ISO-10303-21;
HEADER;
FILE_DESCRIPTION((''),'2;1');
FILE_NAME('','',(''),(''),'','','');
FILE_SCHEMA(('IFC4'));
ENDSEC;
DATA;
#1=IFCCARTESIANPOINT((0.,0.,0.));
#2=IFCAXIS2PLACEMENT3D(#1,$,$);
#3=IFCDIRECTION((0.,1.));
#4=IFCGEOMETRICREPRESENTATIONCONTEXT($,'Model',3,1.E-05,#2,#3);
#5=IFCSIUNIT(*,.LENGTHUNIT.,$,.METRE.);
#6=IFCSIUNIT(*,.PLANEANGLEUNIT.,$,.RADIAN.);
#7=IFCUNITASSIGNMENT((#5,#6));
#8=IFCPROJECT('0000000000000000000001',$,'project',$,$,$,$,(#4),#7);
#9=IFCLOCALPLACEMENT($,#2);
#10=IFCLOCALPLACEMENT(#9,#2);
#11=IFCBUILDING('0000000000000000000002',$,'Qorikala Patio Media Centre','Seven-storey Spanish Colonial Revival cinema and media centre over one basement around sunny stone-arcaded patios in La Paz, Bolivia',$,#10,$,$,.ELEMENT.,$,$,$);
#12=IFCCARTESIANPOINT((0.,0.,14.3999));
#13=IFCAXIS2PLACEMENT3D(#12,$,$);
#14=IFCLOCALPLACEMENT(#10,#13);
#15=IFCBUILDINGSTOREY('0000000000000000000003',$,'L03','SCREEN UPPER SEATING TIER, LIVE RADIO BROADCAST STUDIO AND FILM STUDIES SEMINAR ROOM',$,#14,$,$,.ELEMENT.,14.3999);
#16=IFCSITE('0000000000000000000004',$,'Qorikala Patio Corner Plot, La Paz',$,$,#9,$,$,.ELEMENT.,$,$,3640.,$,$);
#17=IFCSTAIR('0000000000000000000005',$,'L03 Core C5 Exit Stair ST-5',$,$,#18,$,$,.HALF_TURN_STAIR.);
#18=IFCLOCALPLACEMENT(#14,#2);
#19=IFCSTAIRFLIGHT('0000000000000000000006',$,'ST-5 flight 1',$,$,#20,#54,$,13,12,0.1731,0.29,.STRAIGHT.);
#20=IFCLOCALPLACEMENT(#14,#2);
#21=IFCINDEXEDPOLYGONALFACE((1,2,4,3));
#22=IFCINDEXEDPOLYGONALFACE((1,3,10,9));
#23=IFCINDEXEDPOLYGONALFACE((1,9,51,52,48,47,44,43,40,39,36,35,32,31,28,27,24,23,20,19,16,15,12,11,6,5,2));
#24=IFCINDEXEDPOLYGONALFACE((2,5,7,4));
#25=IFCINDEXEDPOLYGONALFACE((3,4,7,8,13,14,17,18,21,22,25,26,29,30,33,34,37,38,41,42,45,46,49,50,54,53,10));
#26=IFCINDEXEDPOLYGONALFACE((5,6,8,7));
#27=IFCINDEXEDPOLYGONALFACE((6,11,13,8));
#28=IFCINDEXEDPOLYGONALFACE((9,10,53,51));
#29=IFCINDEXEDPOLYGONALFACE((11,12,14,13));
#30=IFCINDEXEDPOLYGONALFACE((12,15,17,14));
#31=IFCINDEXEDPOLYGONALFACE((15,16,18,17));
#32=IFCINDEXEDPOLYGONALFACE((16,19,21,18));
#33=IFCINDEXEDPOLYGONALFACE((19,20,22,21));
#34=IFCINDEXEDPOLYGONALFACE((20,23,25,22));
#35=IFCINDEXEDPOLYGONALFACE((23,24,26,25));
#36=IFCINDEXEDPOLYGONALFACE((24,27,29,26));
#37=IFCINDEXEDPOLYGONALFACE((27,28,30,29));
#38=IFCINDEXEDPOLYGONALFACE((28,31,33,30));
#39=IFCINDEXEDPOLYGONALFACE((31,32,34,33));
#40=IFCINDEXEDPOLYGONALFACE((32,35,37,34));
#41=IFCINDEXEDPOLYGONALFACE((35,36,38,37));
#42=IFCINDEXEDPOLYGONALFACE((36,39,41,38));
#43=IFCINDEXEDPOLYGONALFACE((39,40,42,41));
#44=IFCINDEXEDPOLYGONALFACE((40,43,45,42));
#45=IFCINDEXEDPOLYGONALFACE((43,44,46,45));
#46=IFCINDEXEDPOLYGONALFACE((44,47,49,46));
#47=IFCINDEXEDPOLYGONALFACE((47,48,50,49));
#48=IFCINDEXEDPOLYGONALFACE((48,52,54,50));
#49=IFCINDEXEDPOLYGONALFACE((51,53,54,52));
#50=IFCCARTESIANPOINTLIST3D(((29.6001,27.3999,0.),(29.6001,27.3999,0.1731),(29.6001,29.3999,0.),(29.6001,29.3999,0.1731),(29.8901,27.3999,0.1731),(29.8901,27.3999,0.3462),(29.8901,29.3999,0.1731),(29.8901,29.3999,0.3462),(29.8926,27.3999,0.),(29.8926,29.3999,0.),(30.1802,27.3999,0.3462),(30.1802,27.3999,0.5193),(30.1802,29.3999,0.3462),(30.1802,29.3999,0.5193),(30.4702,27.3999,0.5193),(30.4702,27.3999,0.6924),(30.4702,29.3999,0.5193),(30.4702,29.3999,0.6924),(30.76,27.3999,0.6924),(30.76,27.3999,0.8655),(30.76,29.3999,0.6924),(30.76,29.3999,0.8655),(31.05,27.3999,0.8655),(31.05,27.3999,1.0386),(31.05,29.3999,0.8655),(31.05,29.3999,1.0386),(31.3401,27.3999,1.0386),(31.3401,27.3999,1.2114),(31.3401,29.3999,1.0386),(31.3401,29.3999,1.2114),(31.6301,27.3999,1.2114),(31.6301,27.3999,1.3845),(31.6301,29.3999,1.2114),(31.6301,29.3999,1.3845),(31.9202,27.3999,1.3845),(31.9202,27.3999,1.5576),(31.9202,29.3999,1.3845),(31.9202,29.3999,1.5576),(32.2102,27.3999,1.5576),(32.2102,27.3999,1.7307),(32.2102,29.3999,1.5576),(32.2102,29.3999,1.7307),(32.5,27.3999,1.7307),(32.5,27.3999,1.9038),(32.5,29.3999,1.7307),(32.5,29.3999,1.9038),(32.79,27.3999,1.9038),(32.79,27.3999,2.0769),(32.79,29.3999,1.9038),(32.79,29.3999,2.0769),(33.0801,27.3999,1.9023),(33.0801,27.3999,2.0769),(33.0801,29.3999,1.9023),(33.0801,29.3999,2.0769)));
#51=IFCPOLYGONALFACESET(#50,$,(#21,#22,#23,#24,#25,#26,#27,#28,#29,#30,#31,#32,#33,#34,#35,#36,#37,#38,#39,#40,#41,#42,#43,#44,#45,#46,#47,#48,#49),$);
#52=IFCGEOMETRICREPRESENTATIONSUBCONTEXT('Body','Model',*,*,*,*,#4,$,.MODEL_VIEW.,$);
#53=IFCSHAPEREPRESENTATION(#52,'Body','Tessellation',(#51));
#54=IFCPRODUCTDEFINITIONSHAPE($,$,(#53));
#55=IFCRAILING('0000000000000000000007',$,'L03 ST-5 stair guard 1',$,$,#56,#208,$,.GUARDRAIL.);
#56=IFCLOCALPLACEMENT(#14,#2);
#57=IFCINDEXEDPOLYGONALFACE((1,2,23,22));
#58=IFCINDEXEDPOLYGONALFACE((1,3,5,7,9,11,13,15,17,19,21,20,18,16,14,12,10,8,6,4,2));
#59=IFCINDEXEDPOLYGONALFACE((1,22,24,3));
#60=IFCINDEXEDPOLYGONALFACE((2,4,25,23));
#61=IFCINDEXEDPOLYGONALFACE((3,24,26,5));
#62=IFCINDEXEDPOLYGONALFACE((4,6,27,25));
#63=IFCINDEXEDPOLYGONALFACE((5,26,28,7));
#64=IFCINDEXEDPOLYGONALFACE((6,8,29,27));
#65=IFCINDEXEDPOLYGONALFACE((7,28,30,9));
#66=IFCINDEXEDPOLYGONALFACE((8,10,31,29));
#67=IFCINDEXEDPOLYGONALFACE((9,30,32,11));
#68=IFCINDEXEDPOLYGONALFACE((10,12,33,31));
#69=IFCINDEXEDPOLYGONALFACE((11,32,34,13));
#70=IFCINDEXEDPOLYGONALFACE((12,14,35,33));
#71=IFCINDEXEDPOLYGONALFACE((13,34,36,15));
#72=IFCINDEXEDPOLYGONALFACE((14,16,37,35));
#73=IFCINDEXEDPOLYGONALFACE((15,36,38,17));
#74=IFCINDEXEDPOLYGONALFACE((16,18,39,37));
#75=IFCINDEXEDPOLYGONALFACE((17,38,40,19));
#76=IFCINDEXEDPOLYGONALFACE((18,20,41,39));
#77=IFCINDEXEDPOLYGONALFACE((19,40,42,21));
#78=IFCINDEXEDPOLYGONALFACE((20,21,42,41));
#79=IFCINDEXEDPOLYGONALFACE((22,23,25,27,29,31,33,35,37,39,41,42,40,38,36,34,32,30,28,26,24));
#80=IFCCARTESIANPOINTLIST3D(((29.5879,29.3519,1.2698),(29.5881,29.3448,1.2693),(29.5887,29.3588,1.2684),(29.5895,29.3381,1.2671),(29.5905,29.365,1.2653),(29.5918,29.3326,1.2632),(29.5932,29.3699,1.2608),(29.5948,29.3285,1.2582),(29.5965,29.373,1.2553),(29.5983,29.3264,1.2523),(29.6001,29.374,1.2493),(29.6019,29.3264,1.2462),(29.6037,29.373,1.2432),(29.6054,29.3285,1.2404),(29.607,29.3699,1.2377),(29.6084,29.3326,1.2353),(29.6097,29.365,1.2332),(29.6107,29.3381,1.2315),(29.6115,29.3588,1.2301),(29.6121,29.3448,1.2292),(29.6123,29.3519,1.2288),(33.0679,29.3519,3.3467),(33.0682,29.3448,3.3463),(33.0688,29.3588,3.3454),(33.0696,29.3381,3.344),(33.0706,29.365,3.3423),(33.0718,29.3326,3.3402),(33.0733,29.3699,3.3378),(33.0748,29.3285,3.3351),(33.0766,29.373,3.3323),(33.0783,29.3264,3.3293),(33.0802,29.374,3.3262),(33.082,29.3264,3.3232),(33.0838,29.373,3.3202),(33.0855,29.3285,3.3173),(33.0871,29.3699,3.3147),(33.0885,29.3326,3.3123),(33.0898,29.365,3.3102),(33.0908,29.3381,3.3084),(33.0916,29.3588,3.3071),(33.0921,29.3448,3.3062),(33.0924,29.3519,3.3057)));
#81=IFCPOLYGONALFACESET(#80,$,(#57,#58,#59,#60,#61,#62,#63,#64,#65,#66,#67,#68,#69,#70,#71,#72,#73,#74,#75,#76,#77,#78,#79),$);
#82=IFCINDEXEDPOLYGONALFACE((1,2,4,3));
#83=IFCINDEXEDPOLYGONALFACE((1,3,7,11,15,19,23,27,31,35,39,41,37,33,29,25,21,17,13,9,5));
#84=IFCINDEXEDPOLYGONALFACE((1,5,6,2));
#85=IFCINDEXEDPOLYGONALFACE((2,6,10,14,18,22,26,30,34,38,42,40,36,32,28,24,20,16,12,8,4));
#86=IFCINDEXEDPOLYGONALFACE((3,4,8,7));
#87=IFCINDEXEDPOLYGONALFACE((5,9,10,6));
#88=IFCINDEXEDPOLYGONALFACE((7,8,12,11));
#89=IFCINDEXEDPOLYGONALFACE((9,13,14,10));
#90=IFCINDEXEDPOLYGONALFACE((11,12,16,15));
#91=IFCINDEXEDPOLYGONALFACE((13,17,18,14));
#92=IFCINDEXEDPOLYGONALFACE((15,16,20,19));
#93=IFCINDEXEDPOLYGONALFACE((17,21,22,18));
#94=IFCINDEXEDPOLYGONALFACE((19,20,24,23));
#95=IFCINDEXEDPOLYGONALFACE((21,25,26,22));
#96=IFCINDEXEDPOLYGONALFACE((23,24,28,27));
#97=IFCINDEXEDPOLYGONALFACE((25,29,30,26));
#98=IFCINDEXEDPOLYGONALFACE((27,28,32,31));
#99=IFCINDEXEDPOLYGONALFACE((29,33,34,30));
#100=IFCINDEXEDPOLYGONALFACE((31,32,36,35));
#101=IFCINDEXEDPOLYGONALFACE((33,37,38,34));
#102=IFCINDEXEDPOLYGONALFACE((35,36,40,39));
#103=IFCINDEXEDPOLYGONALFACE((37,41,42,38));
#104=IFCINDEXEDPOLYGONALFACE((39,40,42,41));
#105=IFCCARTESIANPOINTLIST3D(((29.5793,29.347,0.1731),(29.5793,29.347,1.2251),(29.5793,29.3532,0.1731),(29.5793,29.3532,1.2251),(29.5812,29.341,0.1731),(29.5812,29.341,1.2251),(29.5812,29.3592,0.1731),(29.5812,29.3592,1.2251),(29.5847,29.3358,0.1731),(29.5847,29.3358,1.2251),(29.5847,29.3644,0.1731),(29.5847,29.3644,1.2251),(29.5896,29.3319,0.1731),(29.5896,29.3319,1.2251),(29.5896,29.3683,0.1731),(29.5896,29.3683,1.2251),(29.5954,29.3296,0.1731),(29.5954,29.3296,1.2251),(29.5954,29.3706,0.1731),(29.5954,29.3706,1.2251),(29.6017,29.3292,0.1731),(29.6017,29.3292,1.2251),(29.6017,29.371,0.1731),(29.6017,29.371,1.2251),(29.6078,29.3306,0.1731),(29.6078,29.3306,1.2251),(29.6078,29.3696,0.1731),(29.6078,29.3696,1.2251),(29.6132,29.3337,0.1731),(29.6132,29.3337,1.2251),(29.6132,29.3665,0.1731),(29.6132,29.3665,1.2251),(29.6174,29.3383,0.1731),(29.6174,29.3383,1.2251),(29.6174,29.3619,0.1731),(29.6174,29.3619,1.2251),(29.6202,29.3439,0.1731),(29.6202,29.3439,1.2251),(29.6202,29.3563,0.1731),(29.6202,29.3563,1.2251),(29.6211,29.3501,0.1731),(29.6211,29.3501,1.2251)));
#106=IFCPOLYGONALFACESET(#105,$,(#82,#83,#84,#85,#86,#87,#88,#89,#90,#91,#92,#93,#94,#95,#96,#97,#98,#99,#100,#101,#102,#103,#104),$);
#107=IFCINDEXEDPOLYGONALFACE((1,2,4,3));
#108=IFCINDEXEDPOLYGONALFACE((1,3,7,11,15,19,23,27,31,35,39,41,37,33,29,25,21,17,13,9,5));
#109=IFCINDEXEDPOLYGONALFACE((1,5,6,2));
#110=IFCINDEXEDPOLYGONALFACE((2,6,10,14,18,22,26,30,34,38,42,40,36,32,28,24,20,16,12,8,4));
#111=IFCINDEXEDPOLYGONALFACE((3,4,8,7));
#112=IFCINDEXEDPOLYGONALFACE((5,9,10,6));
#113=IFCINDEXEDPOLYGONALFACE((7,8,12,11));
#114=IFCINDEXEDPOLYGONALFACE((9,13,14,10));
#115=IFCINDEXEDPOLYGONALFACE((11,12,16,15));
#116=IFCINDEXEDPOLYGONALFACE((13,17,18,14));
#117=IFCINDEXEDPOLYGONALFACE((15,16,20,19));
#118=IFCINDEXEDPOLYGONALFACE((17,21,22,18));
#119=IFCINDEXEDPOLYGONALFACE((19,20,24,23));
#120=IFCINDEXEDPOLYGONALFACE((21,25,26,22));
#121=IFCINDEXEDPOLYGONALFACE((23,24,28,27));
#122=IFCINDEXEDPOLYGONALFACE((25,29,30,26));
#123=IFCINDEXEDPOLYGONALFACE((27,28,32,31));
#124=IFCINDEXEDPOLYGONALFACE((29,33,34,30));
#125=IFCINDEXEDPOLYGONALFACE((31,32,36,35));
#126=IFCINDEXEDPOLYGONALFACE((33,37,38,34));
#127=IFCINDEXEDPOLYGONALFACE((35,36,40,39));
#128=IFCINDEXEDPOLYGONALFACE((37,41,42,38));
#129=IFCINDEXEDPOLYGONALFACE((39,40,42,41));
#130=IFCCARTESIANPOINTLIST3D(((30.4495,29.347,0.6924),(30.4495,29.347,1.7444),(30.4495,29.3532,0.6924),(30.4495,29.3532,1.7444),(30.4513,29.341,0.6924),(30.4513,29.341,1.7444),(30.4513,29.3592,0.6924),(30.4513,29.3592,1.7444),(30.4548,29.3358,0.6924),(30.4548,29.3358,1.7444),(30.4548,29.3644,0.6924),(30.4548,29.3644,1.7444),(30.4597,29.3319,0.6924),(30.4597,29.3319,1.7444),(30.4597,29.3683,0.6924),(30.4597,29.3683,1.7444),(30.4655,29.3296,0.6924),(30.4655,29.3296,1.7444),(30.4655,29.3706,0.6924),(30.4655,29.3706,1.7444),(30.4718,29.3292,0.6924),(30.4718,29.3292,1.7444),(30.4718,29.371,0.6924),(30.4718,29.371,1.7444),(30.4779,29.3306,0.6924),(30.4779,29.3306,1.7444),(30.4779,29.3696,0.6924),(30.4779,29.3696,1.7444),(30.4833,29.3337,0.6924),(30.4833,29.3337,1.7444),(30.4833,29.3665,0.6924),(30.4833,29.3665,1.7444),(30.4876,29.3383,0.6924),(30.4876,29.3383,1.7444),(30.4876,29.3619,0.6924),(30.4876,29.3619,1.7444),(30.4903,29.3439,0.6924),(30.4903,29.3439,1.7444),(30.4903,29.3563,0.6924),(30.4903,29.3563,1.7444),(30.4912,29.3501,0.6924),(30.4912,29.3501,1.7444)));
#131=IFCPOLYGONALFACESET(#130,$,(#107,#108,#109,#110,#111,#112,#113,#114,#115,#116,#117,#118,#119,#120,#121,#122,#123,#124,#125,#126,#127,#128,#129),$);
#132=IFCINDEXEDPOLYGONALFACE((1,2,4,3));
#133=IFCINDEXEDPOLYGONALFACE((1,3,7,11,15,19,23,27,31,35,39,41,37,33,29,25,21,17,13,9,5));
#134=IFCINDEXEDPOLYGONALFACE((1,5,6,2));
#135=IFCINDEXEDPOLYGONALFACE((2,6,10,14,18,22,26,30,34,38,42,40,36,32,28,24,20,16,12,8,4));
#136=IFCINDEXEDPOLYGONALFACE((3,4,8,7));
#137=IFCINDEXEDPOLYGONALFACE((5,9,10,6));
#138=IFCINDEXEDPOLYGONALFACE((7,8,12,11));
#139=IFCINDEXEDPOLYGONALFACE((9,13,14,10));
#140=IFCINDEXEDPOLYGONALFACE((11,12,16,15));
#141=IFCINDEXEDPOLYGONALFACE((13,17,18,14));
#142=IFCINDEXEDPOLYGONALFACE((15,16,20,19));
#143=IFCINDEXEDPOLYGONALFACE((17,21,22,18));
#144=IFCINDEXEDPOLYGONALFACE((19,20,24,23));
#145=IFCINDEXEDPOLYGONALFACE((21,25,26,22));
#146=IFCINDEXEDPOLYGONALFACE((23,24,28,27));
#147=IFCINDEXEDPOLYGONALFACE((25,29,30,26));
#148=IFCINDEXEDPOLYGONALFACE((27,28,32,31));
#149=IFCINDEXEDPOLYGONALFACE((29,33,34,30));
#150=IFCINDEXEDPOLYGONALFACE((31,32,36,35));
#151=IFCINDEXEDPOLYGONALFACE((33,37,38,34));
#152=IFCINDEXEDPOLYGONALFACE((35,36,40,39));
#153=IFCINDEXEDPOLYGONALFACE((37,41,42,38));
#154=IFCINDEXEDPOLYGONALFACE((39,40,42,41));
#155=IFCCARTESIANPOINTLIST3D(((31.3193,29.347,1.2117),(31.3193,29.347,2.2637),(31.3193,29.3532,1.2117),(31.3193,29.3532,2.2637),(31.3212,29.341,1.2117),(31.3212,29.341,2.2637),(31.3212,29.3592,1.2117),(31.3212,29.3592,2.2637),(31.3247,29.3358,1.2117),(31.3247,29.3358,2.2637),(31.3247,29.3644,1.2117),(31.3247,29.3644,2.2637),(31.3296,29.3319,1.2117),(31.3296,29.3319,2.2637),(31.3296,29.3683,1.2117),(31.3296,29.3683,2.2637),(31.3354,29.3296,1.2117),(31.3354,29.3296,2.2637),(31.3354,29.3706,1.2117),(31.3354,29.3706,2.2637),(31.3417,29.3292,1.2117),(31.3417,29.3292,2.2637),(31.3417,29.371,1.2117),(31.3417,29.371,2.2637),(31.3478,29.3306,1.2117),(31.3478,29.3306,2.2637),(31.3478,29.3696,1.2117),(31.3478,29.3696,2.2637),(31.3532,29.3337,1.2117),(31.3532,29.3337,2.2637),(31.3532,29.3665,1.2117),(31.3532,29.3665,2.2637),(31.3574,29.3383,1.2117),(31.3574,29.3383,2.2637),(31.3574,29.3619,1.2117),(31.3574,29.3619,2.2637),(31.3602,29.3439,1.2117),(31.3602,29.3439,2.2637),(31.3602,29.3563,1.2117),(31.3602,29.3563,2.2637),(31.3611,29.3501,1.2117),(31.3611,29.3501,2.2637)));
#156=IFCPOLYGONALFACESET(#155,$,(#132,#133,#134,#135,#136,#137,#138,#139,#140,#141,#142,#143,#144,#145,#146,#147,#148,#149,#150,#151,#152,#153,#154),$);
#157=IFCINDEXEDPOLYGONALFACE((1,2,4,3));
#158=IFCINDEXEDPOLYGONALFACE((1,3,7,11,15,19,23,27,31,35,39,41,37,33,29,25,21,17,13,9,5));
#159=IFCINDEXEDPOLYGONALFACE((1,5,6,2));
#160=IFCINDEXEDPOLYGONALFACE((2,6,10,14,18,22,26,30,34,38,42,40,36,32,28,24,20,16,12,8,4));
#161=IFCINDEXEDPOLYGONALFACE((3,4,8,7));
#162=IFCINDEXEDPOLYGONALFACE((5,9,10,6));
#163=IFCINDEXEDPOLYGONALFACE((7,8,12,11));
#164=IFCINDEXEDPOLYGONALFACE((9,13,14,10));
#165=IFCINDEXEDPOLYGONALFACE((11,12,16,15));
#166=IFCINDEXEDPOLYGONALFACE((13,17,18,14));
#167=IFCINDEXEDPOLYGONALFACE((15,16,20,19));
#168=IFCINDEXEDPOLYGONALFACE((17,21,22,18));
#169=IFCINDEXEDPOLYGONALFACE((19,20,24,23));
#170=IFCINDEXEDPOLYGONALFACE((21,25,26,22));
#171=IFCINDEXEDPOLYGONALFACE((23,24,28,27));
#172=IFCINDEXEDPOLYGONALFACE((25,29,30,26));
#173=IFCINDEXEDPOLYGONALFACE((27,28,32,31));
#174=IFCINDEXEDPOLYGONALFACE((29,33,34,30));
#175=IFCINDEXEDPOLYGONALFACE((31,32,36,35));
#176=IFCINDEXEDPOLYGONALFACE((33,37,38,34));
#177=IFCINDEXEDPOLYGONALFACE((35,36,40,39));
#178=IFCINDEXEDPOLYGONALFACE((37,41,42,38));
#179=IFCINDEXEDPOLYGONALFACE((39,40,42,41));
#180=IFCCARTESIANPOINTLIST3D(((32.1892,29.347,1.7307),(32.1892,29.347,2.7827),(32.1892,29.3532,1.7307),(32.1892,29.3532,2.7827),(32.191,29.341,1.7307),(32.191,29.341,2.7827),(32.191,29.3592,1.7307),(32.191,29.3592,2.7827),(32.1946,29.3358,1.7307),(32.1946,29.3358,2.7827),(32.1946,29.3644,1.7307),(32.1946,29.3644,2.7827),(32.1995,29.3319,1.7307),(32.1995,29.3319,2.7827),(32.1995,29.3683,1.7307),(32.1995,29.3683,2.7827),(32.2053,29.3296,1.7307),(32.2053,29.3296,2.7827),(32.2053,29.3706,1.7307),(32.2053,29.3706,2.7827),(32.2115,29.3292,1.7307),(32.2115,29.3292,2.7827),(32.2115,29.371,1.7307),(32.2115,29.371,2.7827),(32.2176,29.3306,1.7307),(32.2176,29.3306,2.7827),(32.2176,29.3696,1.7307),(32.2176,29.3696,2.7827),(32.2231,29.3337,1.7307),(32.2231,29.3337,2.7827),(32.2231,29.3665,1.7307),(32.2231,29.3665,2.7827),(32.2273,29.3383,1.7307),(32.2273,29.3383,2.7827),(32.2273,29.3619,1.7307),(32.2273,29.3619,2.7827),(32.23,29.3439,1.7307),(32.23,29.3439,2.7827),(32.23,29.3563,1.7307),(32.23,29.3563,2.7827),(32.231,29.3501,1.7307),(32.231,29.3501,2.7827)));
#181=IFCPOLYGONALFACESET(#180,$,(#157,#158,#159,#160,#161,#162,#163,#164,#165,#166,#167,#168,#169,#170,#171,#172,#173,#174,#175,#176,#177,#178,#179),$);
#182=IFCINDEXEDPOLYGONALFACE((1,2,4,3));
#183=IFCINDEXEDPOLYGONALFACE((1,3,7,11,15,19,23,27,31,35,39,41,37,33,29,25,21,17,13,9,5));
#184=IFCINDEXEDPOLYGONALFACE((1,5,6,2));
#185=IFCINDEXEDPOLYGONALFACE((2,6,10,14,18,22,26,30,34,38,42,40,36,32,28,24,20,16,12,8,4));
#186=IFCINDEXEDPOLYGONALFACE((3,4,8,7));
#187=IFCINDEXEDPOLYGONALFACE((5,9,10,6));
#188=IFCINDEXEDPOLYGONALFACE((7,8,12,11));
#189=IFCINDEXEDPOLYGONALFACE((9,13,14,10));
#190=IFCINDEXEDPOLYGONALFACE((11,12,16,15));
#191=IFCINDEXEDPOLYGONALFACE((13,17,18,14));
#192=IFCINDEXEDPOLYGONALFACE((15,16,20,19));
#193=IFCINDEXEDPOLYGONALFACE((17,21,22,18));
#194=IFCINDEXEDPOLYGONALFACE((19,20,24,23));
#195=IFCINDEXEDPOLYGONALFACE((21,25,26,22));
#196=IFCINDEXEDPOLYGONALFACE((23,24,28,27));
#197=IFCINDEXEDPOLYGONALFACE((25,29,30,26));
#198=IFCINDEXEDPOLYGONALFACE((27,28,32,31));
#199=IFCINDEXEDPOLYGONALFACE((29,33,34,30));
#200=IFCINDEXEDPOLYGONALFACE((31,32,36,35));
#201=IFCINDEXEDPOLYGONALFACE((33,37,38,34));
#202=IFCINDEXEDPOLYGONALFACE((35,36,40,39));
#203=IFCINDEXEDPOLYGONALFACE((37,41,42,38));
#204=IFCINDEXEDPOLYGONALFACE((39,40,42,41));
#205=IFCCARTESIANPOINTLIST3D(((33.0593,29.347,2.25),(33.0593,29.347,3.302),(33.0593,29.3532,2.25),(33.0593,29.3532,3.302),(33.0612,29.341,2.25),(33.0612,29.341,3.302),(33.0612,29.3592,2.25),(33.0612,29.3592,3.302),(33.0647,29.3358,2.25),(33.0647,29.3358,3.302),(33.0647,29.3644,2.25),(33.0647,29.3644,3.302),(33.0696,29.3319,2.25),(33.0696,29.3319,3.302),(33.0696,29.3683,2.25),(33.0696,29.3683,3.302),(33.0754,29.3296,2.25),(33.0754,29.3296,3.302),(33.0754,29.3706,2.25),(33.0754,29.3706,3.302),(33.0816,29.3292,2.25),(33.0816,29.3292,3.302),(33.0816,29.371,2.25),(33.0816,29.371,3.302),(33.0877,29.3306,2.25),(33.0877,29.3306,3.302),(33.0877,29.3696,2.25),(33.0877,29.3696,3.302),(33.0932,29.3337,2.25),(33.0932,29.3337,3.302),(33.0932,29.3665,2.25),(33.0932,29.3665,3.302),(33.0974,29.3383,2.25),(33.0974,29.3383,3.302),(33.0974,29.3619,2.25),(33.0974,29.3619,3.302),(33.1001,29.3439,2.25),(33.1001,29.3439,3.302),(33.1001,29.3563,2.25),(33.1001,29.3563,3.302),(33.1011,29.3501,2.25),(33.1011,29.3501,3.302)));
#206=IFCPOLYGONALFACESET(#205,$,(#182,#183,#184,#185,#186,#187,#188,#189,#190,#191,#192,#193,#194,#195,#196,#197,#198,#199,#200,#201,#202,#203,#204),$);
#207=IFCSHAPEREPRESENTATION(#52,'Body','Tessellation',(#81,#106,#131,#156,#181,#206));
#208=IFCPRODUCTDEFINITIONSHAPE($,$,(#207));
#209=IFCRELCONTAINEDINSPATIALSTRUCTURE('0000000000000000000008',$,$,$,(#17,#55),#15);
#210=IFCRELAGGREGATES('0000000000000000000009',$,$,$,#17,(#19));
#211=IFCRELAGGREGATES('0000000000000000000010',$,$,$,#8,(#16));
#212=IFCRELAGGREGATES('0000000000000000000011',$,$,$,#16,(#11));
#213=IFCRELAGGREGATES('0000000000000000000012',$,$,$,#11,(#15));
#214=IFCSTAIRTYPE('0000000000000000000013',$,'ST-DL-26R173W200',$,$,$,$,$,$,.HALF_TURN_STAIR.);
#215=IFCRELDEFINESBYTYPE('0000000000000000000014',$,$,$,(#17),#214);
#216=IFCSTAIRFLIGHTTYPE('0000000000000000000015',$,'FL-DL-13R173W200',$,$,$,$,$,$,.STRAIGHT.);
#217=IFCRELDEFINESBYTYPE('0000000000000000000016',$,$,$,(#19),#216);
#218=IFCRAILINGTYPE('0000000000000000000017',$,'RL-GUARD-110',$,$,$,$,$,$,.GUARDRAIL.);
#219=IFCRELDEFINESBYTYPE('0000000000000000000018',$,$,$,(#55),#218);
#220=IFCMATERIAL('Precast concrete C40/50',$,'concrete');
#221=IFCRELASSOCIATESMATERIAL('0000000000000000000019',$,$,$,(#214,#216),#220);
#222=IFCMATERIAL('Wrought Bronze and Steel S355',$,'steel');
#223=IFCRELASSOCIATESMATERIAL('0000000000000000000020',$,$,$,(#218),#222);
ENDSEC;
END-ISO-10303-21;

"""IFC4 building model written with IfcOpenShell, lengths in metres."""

from ifc_helpers import new_model, si_unit, direction, frame, origin, origin_2d, place, context, subcontext, project, spatial, polyline, circle, outline, extrude, material, type_object, element, aggregate, save


model = new_model("IFC4")

# Units and contexts
model_context = context("Model", 3, precision=1e-05, world=origin(), true_north=direction((0.0, 1.0)))
body_context = subcontext(model_context, "Body", "Model", "MODEL_VIEW")
ifc_project = project(units=[si_unit("LENGTHUNIT", "METRE"), si_unit("PLANEANGLEUNIT", "RADIAN")], contexts=[model_context])

# Site, building, storey
site_placement = place(None, origin())
site = spatial("IfcSite", under=ifc_project, at=site_placement, Name="Qorikala Patio Corner Plot, La Paz", CompositionType="ELEMENT", RefElevation=3640.0)
building_placement = place(site_placement, origin())
building = spatial("IfcBuilding", under=site, at=building_placement, Name="Qorikala Patio Media Centre", Description="Seven-storey Spanish Colonial Revival cinema and media centre over one basement around sunny stone-arcaded patios in La Paz, Bolivia", CompositionType="ELEMENT")
storey_placement = place(building_placement, frame((0.0, 0.0, 14.3999)))
storey = spatial("IfcBuildingStorey", under=building, at=storey_placement, Name="L03", Description="SCREEN UPPER SEATING TIER, LIVE RADIO BROADCAST STUDIO AND FILM STUDIES SEMINAR ROOM", CompositionType="ELEMENT", Elevation=14.3999)

# Stair, stair flight
ifc_material_1 = material(Name="Precast concrete C40/50", Category="concrete")
stair_type = type_object("IfcStairType", Name="ST-DL-26R173W200", PredefinedType="HALF_TURN_STAIR", material=ifc_material_1)
stair_placement = place(storey_placement, origin())
stair = element("IfcStair", 1, at=stair_placement, inside=storey, type_object=stair_type, Name="L03 Core C5 Exit Stair ST-5", PredefinedType="HALF_TURN_STAIR")
stair_flight_type = type_object("IfcStairFlightType", Name="FL-DL-13R173W200", PredefinedType="STRAIGHT", material=ifc_material_1)
stair_flight_placement = place(storey_placement, frame((29.6001, 28.3999, 0.0), z_axis=(0.0, 0.0, 1.0), x_axis=(1.0, 0.0, 0.0)))
stair_flight = element("IfcStairFlight", 2, at=stair_flight_placement, type_object=stair_flight_type, Name="ST-5 flight 1", NumberOfRisers=13, NumberOfTreads=12, PredefinedType="STRAIGHT", RiserHeight=0.1731, TreadLength=0.29, context=body_context, shape_type="SweptSolid", body=[
    extrude(outline(polyline([(0.0, 0.0), (0.0, 0.1731), (0.29, 0.1731), (0.29, 0.3462), (0.5801, 0.3462), (0.5801, 0.5193), (0.8701, 0.5193), (0.8701, 0.6924), (1.1599, 0.6924), (1.1599, 0.8655), (1.45, 0.8655), (1.45, 1.0386), (1.74, 1.0386), (1.74, 1.2114), (2.03, 1.2114), (2.03, 1.3845), (2.3201, 1.3845), (2.3201, 1.5576), (2.6101, 1.5576), (2.6101, 1.7307), (2.8999, 1.7307), (2.8999, 1.9038), (3.1899, 1.9038), (3.1899, 2.0769), (3.48, 2.0769), (3.48, 2.25), (3.48, 1.9023), (0.2925, 0.0), (0.0, 0.0)])), frame((0.0, 1.0, 0.0), z_axis=(0.0, -1.0, 0.0), x_axis=(1.0, 0.0, 0.0)), (0.0, 0.0, 1.0), 2.0),
])
aggregate(stair, [stair_flight])

# Railing
ifc_material_2 = material(Name="Wrought Bronze and Steel S355", Category="steel")
railing_type_1 = type_object("IfcRailingType", Name="RL-GUARD-110", PredefinedType="GUARDRAIL", material=ifc_material_2)
railing_1_placement = place(storey_placement, frame((29.6001, 29.3501, 0.1731)))
element("IfcRailing", 3, at=railing_1_placement, inside=storey, type_object=railing_type_1, Name="L03 ST-5 stair guard 1", PredefinedType="GUARDRAIL", context=body_context, shape_type="SweptSolid", body=[
    extrude(circle(Radius=0.0239, at=origin_2d()), frame((0.0, 0.0, 1.0762), z_axis=(0.858697, 0.0, 0.512483), x_axis=(0.0, 1.0, 0.0)), (0.0, 0.0, 1.0), 4.0527),
    extrude(circle(Radius=0.021, at=origin_2d()), origin(), (0.0, 0.0, 1.0), 1.052),
    extrude(circle(Radius=0.021, at=origin_2d()), frame((0.8701, 0.0, 0.5193)), (0.0, 0.0, 1.0), 1.052),
    extrude(circle(Radius=0.021, at=origin_2d()), frame((1.74, 0.0, 1.0386)), (0.0, 0.0, 1.0), 1.052),
    extrude(circle(Radius=0.021, at=origin_2d()), frame((2.6099, 0.0, 1.5576)), (0.0, 0.0, 1.0), 1.052),
    extrude(circle(Radius=0.021, at=origin_2d()), frame((3.48, 0.0, 2.0769)), (0.0, 0.0, 1.0), 1.052),
])

save(model, "model.ifc")
